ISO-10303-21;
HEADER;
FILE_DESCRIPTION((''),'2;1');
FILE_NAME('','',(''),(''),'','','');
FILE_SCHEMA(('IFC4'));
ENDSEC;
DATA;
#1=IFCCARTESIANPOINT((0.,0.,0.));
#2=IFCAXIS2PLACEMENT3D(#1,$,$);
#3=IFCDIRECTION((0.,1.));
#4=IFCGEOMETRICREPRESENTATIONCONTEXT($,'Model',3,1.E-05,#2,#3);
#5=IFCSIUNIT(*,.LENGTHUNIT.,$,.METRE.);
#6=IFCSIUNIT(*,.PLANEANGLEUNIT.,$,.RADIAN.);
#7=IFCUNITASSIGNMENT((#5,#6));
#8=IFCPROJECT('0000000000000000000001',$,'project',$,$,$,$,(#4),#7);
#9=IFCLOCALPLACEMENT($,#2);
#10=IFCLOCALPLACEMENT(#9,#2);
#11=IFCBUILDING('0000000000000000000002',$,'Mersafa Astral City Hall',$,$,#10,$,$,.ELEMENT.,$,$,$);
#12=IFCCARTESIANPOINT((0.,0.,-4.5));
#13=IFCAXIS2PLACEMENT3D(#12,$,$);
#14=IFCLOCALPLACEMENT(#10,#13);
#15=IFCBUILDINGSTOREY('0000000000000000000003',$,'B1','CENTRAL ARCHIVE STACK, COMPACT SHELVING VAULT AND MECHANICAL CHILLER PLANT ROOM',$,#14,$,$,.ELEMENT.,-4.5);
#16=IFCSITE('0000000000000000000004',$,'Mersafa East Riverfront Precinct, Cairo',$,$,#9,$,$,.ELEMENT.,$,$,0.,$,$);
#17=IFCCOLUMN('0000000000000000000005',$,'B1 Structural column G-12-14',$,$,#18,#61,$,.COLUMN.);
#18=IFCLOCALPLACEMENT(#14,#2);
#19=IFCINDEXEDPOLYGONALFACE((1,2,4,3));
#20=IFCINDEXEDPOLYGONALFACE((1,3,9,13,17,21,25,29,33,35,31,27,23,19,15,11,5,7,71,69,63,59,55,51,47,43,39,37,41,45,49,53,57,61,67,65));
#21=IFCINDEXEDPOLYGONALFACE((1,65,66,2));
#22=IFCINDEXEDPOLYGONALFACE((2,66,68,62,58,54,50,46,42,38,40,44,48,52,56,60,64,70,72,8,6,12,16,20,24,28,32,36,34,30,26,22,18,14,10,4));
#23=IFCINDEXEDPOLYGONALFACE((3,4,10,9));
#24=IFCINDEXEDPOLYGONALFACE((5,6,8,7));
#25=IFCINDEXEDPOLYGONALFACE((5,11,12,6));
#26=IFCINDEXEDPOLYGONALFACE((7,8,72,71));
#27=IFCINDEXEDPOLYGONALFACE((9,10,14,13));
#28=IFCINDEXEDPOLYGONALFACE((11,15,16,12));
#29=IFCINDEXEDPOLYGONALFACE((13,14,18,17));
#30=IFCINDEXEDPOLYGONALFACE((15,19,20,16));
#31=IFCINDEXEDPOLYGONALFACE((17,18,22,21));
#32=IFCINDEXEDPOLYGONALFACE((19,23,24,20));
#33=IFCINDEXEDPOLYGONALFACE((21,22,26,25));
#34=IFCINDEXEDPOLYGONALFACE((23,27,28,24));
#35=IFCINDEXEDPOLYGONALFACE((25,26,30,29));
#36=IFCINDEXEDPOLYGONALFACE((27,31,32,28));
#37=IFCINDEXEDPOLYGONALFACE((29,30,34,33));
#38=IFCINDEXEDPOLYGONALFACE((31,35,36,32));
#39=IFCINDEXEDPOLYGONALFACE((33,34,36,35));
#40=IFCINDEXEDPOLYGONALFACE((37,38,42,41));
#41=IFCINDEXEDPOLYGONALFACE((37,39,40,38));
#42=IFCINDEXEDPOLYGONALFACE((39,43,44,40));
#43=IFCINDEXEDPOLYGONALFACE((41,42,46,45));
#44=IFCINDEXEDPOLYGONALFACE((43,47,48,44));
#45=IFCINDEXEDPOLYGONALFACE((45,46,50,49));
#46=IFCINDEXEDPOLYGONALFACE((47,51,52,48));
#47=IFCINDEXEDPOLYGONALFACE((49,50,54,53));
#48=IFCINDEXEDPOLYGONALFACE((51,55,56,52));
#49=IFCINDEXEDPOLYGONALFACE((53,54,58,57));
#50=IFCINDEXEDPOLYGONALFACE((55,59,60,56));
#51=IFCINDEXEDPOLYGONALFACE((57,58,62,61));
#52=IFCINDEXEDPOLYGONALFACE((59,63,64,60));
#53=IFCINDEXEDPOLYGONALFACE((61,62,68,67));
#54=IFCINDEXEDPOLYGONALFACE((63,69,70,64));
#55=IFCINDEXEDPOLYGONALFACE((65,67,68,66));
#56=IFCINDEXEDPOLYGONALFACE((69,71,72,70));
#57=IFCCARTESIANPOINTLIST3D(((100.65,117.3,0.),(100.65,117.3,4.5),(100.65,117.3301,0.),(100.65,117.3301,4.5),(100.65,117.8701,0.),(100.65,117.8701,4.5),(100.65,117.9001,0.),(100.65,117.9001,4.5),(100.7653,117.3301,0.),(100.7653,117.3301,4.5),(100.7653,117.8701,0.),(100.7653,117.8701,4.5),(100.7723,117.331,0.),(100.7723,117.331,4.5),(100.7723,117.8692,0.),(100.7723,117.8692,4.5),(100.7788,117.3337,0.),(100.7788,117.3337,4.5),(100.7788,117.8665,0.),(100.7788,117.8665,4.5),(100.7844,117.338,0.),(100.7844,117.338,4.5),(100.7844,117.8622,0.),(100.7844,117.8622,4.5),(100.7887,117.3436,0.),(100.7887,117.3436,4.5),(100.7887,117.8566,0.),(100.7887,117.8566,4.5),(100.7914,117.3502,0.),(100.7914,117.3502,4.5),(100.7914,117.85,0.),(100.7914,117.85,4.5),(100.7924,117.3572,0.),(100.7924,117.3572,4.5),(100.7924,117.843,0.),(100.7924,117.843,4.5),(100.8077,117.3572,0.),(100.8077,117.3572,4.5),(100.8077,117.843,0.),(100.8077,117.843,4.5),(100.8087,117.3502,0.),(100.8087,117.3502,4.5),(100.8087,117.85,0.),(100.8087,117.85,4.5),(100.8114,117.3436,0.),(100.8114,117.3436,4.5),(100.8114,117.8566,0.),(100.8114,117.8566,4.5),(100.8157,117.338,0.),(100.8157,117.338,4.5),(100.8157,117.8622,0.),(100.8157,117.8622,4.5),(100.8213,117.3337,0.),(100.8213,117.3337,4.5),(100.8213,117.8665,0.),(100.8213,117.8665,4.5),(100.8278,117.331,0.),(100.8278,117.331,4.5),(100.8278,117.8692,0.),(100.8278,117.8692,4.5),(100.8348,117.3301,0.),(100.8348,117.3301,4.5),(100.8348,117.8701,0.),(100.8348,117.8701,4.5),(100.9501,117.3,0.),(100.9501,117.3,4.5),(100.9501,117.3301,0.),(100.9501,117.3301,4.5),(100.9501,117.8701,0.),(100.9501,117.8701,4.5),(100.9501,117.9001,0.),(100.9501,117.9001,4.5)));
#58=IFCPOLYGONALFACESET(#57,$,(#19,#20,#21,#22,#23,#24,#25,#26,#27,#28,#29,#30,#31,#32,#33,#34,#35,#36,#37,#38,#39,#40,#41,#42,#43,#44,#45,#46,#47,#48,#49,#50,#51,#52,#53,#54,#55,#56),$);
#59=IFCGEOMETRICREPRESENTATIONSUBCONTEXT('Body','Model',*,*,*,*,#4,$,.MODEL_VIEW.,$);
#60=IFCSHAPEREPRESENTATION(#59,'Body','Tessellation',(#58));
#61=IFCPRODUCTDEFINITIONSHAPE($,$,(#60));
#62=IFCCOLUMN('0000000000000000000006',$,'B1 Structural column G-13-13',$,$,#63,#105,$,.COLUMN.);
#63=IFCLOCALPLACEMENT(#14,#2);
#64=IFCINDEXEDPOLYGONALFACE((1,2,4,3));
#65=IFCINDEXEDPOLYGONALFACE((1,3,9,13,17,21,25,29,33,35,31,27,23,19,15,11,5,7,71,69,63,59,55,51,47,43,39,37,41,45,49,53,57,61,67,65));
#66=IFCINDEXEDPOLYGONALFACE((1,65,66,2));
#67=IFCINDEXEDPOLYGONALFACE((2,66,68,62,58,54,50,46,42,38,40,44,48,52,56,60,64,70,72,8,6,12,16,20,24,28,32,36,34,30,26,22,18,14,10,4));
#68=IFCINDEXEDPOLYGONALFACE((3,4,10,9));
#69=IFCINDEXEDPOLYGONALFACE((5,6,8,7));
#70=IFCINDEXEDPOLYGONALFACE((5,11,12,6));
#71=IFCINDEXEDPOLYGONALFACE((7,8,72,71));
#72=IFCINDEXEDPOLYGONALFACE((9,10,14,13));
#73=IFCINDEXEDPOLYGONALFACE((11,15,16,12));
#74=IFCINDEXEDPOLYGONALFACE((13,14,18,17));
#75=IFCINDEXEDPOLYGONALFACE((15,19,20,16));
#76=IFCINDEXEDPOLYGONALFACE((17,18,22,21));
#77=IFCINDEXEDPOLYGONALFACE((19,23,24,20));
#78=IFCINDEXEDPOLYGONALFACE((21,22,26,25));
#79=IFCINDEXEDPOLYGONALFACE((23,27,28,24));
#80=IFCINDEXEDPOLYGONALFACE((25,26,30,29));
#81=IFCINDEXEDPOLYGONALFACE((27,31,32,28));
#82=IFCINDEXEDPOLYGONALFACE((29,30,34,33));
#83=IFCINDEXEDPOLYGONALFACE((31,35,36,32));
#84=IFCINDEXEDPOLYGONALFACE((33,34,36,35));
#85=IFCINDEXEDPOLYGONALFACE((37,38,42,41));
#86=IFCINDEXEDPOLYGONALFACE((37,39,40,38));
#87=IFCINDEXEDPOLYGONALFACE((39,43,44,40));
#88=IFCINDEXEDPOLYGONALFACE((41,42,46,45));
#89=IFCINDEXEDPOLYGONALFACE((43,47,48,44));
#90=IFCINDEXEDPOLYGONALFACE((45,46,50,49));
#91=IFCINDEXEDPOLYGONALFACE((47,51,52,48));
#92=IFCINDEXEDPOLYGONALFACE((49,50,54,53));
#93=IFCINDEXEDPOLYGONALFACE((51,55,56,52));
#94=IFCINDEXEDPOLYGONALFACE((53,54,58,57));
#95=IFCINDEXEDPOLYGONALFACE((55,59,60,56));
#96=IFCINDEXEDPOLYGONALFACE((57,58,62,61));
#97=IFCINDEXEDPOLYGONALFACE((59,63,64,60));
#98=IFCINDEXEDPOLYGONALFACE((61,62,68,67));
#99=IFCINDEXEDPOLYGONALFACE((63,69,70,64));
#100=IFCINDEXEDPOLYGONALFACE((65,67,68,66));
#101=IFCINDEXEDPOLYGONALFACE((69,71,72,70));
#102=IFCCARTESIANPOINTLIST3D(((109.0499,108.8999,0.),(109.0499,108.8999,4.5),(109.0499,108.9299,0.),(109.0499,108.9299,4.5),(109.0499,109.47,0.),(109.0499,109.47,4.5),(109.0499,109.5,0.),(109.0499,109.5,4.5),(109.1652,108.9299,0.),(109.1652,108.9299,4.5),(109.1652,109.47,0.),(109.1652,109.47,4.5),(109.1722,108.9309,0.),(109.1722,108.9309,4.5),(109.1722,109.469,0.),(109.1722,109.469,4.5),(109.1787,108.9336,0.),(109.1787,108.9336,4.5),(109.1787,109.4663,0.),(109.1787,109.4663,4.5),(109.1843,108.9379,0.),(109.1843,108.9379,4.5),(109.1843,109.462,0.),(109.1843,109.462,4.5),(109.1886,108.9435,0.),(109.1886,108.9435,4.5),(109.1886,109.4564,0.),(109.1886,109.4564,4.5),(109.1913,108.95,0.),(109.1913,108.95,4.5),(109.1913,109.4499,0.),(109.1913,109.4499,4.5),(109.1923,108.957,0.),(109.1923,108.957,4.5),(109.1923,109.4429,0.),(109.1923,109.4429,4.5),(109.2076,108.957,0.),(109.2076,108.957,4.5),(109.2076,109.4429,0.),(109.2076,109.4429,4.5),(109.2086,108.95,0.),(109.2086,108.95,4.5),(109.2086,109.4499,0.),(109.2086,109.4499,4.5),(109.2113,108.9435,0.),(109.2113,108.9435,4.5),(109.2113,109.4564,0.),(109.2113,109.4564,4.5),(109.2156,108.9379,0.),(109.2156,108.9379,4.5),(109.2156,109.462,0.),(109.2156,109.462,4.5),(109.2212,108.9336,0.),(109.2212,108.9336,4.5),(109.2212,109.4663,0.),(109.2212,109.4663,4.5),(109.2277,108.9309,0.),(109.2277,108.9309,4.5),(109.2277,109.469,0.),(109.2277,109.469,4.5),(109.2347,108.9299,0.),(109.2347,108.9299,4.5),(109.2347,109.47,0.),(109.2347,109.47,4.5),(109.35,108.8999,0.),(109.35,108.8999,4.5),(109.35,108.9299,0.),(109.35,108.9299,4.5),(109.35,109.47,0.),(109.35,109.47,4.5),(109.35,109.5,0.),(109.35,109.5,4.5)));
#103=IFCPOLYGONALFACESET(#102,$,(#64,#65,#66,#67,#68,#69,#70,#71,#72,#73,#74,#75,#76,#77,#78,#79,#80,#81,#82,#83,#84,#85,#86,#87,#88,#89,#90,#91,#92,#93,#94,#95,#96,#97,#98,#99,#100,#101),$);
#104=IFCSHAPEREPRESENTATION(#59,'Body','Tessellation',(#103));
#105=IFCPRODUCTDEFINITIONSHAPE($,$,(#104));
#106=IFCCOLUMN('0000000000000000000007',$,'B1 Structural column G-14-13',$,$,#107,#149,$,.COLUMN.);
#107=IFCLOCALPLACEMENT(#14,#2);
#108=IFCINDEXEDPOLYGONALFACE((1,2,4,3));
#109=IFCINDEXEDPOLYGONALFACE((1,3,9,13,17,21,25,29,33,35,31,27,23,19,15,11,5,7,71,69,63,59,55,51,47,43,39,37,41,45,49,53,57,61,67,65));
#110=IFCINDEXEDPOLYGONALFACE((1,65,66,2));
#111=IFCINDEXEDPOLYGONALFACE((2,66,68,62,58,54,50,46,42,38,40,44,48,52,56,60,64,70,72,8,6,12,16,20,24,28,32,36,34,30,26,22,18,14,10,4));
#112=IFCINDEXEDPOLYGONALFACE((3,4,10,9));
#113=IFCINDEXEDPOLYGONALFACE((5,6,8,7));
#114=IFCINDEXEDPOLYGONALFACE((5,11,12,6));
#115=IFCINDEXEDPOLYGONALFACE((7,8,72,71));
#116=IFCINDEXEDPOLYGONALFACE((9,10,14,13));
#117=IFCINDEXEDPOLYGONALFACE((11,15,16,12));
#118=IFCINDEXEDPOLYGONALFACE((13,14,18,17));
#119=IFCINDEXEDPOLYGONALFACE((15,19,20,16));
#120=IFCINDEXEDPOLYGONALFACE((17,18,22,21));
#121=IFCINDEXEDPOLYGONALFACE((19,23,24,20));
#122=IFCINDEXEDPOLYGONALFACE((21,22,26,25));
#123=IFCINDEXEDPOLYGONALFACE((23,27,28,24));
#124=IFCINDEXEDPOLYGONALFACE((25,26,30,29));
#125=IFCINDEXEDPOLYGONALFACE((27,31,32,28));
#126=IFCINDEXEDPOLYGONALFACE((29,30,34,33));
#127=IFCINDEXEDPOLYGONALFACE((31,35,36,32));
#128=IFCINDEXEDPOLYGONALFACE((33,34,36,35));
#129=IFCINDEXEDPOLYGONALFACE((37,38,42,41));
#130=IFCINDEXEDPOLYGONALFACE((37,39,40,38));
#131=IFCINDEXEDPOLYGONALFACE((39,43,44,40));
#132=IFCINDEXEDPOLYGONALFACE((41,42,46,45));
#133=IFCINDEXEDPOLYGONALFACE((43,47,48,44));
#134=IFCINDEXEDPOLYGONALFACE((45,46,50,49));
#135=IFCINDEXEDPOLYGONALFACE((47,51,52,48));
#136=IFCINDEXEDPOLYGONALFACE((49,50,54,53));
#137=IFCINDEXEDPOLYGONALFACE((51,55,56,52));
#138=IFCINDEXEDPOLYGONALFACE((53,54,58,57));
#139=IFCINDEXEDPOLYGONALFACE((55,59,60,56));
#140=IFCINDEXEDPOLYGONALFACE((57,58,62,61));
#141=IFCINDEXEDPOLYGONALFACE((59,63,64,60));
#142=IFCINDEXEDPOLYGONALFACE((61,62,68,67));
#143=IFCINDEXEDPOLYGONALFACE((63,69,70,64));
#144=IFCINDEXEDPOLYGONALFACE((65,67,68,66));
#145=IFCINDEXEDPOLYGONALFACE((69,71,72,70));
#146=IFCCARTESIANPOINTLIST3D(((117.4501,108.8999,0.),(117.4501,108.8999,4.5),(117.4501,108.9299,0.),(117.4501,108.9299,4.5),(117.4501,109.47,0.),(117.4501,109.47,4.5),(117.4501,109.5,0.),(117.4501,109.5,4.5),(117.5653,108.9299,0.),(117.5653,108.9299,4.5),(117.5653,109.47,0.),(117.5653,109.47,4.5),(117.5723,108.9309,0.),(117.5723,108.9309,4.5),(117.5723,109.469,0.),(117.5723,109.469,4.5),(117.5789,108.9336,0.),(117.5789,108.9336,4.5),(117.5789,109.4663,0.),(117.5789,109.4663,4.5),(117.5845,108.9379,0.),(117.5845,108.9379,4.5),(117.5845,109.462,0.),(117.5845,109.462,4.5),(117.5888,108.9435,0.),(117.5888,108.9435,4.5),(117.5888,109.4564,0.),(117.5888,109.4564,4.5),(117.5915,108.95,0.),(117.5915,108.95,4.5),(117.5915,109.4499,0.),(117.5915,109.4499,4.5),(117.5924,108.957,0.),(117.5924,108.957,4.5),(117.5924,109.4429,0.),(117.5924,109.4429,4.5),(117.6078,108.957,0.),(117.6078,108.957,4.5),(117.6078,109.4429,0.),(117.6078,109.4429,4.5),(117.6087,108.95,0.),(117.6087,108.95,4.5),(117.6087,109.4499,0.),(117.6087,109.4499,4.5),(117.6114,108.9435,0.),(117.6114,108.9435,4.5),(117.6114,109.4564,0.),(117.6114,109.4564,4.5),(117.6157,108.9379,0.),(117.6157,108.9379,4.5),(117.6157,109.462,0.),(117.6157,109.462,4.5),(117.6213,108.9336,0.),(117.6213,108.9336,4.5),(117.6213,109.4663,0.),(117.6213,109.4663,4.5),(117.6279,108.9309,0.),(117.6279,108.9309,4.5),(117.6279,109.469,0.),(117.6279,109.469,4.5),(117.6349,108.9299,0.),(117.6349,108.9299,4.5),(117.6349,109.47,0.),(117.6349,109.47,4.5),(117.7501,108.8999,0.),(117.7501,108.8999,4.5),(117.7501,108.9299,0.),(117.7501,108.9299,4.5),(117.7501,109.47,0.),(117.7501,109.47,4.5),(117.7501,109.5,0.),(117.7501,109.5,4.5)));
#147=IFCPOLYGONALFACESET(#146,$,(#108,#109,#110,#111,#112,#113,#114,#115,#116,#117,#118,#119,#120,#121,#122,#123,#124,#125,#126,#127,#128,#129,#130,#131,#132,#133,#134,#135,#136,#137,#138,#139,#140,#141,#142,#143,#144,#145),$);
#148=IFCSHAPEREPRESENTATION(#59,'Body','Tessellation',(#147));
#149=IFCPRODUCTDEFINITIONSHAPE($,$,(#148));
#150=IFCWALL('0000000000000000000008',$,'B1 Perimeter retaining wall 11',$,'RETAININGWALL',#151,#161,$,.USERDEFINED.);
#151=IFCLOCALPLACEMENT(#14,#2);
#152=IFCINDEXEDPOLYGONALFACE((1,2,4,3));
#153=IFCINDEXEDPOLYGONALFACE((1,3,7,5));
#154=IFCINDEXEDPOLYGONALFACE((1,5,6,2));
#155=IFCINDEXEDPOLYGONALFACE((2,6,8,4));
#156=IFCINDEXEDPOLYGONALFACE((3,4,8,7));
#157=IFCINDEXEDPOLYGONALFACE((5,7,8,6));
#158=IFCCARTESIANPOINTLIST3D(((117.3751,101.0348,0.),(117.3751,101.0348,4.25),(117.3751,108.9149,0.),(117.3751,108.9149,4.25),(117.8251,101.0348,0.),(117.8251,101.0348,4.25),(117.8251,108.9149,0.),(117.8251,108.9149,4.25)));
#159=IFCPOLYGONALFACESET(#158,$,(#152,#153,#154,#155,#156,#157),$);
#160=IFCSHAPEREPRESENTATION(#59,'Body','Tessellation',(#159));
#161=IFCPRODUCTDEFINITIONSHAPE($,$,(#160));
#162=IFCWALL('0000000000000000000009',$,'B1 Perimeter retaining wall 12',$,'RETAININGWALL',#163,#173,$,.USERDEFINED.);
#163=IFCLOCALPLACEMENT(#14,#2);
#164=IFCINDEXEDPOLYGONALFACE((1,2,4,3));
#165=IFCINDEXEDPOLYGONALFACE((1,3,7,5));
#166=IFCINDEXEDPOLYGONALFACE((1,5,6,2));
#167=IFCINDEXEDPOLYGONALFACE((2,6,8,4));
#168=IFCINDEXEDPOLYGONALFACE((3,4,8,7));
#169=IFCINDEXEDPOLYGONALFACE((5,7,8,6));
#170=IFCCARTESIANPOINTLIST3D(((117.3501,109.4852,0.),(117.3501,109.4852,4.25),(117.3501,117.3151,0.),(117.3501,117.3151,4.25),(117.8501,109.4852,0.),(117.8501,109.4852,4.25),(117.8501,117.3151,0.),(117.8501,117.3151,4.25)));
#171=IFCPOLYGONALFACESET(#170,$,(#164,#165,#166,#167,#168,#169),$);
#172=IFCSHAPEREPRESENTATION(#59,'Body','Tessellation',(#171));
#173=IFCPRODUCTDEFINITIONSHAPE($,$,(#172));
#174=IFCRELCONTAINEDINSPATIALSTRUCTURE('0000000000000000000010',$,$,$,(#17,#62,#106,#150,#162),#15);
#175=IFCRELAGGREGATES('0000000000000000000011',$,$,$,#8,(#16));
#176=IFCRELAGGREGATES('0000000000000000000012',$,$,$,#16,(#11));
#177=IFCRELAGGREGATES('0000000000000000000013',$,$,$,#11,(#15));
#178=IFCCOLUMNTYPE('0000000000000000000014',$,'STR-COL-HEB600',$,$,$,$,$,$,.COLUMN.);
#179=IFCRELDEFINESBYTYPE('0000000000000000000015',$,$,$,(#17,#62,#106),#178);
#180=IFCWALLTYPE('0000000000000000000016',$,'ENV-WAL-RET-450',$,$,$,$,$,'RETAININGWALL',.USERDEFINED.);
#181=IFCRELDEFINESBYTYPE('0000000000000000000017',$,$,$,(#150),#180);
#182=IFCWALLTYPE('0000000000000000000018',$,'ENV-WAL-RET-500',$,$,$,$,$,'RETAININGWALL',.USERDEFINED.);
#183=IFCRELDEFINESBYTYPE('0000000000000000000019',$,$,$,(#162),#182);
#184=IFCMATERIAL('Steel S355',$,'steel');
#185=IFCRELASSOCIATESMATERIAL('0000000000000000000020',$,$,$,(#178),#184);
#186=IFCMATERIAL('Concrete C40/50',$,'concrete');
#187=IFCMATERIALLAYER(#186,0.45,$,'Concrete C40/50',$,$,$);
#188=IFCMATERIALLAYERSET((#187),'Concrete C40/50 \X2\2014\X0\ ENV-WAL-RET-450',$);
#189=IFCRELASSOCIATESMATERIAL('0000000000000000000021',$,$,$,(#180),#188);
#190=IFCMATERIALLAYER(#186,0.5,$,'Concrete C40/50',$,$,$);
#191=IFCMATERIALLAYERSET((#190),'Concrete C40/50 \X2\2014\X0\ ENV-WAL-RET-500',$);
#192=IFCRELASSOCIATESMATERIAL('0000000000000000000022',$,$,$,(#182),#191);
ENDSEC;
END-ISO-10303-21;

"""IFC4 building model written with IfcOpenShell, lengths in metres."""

from ifc_helpers import new_model, si_unit, direction, frame, frame_2d, origin, origin_2d, place, context, subcontext, project, spatial, rectangle, i_section, extrude, material, layer, layer_set, material_profile, profile_set, type_object, element, save


model = new_model("IFC4")

# Units and contexts
model_context = context("Model", 3, precision=1e-05, world=origin(), true_north=direction((0.0, 1.0)))
body_context = subcontext(model_context, "Body", "Model", "MODEL_VIEW")
ifc_project = project(units=[si_unit("LENGTHUNIT", "METRE"), si_unit("PLANEANGLEUNIT", "RADIAN")], contexts=[model_context])

# Site, building, storey
site_placement = place(None, origin())
site = spatial("IfcSite", under=ifc_project, at=site_placement, Name="Mersafa East Riverfront Precinct, Cairo", CompositionType="ELEMENT", RefElevation=0.0)
building_placement = place(site_placement, origin())
building = spatial("IfcBuilding", under=site, at=building_placement, Name="Mersafa Astral City Hall", CompositionType="ELEMENT")
storey_placement = place(building_placement, frame((0.0, 0.0, -4.5)))
storey = spatial("IfcBuildingStorey", under=building, at=storey_placement, Name="B1", Description="CENTRAL ARCHIVE STACK, COMPACT SHELVING VAULT AND MECHANICAL CHILLER PLANT ROOM", CompositionType="ELEMENT", Elevation=-4.5)

# Shared definitions
ifc_material_1 = material(Name="Concrete C40/50", Category="concrete")

# Columns
ifc_material_2 = material(Name="Steel S355", Category="steel")
ifc_material_profile_1 = material_profile(ifc_material_2, i_section(OverallWidth=0.3, OverallDepth=0.6001, WebThickness=0.0154, FlangeThickness=0.03, FilletRadius=0.0271, at=origin_2d()), Name="HEB 600")
ifc_profile_set_1 = profile_set([ifc_material_profile_1], Name="Steel S355")
column_type_1 = type_object("IfcColumnType", Name="STR-COL-HEB600", PredefinedType="COLUMN", material=ifc_profile_set_1)
for number, where, z_axis, x_axis, name in (
    (1, (100.8, 117.6001, 0.0), (0.0, 0.0, 1.0), (1.0, 0.0, 0.0), "B1 Structural column G-12-14"),
    (2, (109.2, 109.2, 0.0), (0.0, 0.0, 1.0), (1.0, 0.0, 0.0), "B1 Structural column G-13-13"),
    (3, (117.6001, 109.2, 0.0), (0.0, 0.0, 1.0), (1.0, 0.0, 0.0), "B1 Structural column G-14-13"),
):
    element("IfcColumn", number, at=place(storey_placement, frame(where, z_axis=z_axis, x_axis=x_axis)), inside=storey, type_object=column_type_1, Name=name, PredefinedType="COLUMN", context=body_context, shape_type="SweptSolid", body=[
        extrude(i_section(OverallWidth=0.3, OverallDepth=0.6001, WebThickness=0.0154, FlangeThickness=0.03, FilletRadius=0.0271, at=origin_2d()), origin(), (0.0, 0.0, 1.0), 4.5),
    ])

# Walls
ifc_layer_1 = layer(ifc_material_1, 0.45, Name="Concrete C40/50")
ifc_layer_set_1 = layer_set([ifc_layer_1], Name="Concrete C40/50 — ENV-WAL-RET-450")
wall_type_1 = type_object("IfcWallType", Name="ENV-WAL-RET-450", ElementType="RETAININGWALL", PredefinedType="USERDEFINED", material=ifc_layer_set_1)
wall_1_placement = place(storey_placement, frame((117.6001, 101.0349, 0.0), z_axis=(0.0, 0.0, 1.0), x_axis=(0.0, 1.0, 0.0)))
element("IfcWall", 4, at=wall_1_placement, inside=storey, type_object=wall_type_1, Name="B1 Perimeter retaining wall 11", ObjectType="RETAININGWALL", PredefinedType="USERDEFINED", context=body_context, shape_type="SweptSolid", body=[
    extrude(rectangle(XDim=7.8801, YDim=0.45, at=frame_2d((3.9399, 0.0))), origin(), (0.0, 0.0, 1.0), 4.25),
])
ifc_layer_2 = layer(ifc_material_1, 0.5, Name="Concrete C40/50")
ifc_layer_set_2 = layer_set([ifc_layer_2], Name="Concrete C40/50 — ENV-WAL-RET-500")
wall_type_2 = type_object("IfcWallType", Name="ENV-WAL-RET-500", ElementType="RETAININGWALL", PredefinedType="USERDEFINED", material=ifc_layer_set_2)
wall_2_placement = place(storey_placement, frame((117.6001, 109.4851, 0.0), z_axis=(0.0, 0.0, 1.0), x_axis=(0.0, 1.0, 0.0)))
element("IfcWall", 5, at=wall_2_placement, inside=storey, type_object=wall_type_2, Name="B1 Perimeter retaining wall 12", ObjectType="RETAININGWALL", PredefinedType="USERDEFINED", context=body_context, shape_type="SweptSolid", body=[
    extrude(rectangle(XDim=7.8298, YDim=0.5, at=frame_2d((3.915, 0.0))), origin(), (0.0, 0.0, 1.0), 4.25),
])

save(model, "model.ifc")
